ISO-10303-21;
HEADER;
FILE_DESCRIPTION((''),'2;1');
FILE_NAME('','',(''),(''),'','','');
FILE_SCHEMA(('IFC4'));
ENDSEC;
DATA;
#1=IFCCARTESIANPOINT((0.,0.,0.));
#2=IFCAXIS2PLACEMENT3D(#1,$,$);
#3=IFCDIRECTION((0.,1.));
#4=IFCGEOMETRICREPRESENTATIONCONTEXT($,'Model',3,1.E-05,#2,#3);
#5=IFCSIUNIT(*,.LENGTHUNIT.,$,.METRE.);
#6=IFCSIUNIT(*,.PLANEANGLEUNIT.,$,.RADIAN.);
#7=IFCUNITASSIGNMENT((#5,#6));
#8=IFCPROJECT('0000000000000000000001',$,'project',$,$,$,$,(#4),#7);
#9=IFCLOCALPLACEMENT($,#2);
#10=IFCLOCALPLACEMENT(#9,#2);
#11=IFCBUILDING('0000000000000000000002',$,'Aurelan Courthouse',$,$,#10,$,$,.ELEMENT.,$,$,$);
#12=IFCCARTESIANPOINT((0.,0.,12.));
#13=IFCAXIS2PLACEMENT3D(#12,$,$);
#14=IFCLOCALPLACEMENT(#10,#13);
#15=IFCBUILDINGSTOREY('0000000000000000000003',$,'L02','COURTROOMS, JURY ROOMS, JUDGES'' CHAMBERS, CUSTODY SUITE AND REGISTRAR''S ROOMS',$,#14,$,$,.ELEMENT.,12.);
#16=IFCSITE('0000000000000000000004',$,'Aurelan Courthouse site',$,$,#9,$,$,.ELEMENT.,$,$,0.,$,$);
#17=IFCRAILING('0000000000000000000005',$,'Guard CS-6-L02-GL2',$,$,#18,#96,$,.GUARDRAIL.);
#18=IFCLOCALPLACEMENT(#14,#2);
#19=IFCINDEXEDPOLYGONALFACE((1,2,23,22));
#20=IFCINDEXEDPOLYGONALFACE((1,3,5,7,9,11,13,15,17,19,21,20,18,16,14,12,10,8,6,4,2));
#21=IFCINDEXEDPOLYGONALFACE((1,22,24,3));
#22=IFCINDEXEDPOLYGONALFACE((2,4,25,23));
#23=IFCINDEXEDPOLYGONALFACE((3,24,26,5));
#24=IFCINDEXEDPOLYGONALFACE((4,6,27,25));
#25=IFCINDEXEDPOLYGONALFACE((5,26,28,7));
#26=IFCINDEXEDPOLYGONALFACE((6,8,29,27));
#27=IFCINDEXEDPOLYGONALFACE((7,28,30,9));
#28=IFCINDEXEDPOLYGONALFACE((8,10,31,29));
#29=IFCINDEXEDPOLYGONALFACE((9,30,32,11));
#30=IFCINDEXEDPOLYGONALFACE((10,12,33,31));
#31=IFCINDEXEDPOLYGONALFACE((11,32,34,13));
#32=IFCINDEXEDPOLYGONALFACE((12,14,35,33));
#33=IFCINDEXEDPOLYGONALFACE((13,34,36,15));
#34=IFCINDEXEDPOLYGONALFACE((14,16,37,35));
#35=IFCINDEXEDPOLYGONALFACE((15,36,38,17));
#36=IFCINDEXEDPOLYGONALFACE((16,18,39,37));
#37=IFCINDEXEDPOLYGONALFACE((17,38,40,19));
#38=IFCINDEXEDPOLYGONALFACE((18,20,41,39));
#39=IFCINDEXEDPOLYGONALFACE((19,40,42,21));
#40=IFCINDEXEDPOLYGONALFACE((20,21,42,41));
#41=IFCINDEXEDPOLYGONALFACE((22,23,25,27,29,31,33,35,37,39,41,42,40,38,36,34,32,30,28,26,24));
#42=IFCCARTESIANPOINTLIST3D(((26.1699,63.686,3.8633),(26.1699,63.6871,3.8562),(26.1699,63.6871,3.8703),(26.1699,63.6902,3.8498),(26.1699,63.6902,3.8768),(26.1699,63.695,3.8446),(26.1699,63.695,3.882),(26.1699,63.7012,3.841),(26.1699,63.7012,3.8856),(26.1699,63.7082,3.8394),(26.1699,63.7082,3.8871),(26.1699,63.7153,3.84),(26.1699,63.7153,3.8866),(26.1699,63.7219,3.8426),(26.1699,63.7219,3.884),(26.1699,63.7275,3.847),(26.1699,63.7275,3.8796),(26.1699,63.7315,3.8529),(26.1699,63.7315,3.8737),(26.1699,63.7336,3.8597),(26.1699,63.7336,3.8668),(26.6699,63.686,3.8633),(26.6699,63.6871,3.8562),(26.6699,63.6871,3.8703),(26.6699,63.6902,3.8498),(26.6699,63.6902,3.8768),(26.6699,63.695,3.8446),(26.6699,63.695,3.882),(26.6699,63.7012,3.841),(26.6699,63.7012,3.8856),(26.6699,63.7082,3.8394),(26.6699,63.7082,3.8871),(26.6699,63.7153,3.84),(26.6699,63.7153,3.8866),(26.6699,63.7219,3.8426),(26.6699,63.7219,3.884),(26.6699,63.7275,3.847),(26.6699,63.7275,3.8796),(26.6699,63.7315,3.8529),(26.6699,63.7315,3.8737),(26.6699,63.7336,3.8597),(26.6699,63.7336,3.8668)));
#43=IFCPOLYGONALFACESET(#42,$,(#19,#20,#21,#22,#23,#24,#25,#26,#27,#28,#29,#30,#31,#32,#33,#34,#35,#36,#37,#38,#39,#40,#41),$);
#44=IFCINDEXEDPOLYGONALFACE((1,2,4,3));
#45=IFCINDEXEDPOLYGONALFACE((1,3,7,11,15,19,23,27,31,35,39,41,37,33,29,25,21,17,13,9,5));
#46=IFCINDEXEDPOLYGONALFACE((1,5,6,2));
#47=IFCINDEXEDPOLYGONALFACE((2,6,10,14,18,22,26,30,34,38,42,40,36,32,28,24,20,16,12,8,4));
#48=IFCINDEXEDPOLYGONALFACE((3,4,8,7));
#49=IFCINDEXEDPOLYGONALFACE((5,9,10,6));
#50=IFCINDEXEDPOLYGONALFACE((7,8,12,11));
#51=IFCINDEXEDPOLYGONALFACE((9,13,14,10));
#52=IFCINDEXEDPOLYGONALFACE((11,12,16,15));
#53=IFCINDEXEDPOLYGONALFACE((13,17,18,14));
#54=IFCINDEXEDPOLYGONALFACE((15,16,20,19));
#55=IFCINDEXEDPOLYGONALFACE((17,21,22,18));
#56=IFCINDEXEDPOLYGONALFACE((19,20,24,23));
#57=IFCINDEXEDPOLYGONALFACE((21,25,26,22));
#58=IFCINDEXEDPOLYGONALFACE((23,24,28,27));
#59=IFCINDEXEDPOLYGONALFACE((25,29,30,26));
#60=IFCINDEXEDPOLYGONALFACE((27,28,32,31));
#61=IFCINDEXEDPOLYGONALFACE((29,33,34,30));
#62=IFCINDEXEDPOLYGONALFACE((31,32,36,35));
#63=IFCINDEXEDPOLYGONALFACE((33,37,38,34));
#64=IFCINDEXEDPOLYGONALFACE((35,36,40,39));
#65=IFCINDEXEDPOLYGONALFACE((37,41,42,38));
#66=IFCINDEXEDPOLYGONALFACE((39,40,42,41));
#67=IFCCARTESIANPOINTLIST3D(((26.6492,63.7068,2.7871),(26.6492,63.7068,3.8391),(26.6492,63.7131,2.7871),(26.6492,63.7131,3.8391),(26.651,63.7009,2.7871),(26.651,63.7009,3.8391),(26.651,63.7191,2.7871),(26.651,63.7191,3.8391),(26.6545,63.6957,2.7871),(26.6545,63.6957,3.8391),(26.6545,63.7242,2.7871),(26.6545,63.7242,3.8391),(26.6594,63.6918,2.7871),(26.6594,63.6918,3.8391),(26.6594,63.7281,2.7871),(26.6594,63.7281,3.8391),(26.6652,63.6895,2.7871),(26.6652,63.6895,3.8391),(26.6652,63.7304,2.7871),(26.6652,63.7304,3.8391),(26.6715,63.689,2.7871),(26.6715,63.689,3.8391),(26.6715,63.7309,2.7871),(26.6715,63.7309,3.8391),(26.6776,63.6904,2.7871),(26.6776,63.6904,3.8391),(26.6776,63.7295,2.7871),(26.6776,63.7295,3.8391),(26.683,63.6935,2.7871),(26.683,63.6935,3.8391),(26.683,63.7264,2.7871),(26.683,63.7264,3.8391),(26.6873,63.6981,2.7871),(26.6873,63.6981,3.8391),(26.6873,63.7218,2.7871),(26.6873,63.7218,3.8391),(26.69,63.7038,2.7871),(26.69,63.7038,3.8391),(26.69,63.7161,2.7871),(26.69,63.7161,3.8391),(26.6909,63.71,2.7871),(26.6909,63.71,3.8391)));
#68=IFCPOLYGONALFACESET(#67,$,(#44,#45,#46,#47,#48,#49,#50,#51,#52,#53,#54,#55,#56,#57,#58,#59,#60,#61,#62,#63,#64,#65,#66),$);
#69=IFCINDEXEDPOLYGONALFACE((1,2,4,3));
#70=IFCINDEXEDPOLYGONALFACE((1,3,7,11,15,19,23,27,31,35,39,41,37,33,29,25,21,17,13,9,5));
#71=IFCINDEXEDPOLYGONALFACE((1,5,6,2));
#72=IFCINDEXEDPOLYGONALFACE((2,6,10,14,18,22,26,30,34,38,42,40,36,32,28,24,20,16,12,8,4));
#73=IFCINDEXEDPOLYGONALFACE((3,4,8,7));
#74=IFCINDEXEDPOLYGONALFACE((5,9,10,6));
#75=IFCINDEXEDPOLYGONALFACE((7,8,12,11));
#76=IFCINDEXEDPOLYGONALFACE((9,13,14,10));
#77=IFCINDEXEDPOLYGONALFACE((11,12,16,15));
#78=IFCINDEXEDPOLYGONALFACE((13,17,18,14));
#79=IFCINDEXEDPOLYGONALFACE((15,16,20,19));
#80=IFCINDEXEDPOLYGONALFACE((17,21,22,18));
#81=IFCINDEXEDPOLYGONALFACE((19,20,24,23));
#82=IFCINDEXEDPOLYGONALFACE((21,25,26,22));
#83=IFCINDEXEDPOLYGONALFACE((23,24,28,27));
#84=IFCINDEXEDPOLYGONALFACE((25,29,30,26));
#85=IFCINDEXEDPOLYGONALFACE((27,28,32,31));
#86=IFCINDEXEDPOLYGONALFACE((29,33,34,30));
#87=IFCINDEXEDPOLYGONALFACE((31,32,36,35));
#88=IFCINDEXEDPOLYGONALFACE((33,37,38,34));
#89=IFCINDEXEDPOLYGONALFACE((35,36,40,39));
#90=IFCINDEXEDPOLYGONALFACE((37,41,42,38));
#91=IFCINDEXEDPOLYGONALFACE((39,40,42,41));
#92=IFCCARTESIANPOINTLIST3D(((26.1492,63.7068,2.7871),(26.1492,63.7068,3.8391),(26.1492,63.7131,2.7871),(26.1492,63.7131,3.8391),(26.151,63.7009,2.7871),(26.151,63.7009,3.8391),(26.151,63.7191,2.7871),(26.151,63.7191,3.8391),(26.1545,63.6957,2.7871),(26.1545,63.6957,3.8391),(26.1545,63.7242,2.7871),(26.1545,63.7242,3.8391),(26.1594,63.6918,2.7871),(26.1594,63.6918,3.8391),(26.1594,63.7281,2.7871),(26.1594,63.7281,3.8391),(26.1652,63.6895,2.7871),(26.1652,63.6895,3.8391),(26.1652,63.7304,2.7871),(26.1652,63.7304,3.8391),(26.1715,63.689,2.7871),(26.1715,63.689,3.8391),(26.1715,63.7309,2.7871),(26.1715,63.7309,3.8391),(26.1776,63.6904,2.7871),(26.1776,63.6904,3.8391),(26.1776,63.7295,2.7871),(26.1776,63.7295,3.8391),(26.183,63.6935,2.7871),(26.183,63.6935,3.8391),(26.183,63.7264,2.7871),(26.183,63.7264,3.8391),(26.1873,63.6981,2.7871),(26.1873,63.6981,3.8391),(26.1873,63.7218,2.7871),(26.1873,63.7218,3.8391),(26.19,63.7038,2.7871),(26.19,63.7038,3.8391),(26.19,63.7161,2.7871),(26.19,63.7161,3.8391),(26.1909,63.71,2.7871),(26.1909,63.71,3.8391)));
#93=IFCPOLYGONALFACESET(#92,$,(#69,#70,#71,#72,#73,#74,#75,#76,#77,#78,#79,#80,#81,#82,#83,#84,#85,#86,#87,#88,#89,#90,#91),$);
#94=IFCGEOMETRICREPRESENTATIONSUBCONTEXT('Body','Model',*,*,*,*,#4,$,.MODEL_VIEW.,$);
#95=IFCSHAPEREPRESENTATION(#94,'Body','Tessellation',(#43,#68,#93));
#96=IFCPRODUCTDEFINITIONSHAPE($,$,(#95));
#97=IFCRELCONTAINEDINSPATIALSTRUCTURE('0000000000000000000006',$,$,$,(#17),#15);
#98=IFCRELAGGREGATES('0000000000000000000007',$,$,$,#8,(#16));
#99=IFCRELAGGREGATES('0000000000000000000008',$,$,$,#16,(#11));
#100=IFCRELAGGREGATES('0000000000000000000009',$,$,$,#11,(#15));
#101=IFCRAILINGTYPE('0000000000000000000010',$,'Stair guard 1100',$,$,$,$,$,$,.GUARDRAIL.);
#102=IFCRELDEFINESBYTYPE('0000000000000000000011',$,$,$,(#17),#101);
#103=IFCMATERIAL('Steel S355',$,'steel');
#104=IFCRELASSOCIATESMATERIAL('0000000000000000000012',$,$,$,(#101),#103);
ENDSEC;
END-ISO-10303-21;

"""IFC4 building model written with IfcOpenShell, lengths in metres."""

from ifc_helpers import new_model, si_unit, direction, frame, origin, origin_2d, place, context, subcontext, project, spatial, circle, extrude, material, type_object, element, save


model = new_model("IFC4")

# Units and contexts
model_context = context("Model", 3, precision=1e-05, world=origin(), true_north=direction((0.0, 1.0)))
body_context = subcontext(model_context, "Body", "Model", "MODEL_VIEW")
ifc_project = project(units=[si_unit("LENGTHUNIT", "METRE"), si_unit("PLANEANGLEUNIT", "RADIAN")], contexts=[model_context])

# Site, building, storey
site_placement = place(None, origin())
site = spatial("IfcSite", under=ifc_project, at=site_placement, Name="Aurelan Courthouse site", CompositionType="ELEMENT", RefElevation=0.0)
building_placement = place(site_placement, origin())
building = spatial("IfcBuilding", under=site, at=building_placement, Name="Aurelan Courthouse", CompositionType="ELEMENT")
storey_placement = place(building_placement, frame((0.0, 0.0, 12.0)))
storey = spatial("IfcBuildingStorey", under=building, at=storey_placement, Name="L02", Description="COURTROOMS, JURY ROOMS, JUDGES' CHAMBERS, CUSTODY SUITE AND REGISTRAR'S ROOMS", CompositionType="ELEMENT", Elevation=12.0)

# Railing
ifc_material_1 = material(Name="Steel S355", Category="steel")
railing_type_1 = type_object("IfcRailingType", Name="Stair guard 1100", PredefinedType="GUARDRAIL", material=ifc_material_1)
railing_1_placement = place(storey_placement, frame((26.6699, 63.71, 2.7871)))
element("IfcRailing", 1, at=railing_1_placement, inside=storey, type_object=railing_type_1, Name="Guard CS-6-L02-GL2", PredefinedType="GUARDRAIL", context=body_context, shape_type="SweptSolid", body=[
    extrude(circle(Radius=0.0239, at=origin_2d()), frame((0.0, 0.0, 1.0762), z_axis=(-1.0, 0.0, 0.0), x_axis=(0.0, -1.0, 0.0)), (0.0, 0.0, 1.0), 0.5),
    extrude(circle(Radius=0.021, at=origin_2d()), origin(), (0.0, 0.0, 1.0), 1.052),
    extrude(circle(Radius=0.021, at=origin_2d()), frame((-0.5, 0.0, 0.0)), (0.0, 0.0, 1.0), 1.052),
])

save(model, "model.ifc")
